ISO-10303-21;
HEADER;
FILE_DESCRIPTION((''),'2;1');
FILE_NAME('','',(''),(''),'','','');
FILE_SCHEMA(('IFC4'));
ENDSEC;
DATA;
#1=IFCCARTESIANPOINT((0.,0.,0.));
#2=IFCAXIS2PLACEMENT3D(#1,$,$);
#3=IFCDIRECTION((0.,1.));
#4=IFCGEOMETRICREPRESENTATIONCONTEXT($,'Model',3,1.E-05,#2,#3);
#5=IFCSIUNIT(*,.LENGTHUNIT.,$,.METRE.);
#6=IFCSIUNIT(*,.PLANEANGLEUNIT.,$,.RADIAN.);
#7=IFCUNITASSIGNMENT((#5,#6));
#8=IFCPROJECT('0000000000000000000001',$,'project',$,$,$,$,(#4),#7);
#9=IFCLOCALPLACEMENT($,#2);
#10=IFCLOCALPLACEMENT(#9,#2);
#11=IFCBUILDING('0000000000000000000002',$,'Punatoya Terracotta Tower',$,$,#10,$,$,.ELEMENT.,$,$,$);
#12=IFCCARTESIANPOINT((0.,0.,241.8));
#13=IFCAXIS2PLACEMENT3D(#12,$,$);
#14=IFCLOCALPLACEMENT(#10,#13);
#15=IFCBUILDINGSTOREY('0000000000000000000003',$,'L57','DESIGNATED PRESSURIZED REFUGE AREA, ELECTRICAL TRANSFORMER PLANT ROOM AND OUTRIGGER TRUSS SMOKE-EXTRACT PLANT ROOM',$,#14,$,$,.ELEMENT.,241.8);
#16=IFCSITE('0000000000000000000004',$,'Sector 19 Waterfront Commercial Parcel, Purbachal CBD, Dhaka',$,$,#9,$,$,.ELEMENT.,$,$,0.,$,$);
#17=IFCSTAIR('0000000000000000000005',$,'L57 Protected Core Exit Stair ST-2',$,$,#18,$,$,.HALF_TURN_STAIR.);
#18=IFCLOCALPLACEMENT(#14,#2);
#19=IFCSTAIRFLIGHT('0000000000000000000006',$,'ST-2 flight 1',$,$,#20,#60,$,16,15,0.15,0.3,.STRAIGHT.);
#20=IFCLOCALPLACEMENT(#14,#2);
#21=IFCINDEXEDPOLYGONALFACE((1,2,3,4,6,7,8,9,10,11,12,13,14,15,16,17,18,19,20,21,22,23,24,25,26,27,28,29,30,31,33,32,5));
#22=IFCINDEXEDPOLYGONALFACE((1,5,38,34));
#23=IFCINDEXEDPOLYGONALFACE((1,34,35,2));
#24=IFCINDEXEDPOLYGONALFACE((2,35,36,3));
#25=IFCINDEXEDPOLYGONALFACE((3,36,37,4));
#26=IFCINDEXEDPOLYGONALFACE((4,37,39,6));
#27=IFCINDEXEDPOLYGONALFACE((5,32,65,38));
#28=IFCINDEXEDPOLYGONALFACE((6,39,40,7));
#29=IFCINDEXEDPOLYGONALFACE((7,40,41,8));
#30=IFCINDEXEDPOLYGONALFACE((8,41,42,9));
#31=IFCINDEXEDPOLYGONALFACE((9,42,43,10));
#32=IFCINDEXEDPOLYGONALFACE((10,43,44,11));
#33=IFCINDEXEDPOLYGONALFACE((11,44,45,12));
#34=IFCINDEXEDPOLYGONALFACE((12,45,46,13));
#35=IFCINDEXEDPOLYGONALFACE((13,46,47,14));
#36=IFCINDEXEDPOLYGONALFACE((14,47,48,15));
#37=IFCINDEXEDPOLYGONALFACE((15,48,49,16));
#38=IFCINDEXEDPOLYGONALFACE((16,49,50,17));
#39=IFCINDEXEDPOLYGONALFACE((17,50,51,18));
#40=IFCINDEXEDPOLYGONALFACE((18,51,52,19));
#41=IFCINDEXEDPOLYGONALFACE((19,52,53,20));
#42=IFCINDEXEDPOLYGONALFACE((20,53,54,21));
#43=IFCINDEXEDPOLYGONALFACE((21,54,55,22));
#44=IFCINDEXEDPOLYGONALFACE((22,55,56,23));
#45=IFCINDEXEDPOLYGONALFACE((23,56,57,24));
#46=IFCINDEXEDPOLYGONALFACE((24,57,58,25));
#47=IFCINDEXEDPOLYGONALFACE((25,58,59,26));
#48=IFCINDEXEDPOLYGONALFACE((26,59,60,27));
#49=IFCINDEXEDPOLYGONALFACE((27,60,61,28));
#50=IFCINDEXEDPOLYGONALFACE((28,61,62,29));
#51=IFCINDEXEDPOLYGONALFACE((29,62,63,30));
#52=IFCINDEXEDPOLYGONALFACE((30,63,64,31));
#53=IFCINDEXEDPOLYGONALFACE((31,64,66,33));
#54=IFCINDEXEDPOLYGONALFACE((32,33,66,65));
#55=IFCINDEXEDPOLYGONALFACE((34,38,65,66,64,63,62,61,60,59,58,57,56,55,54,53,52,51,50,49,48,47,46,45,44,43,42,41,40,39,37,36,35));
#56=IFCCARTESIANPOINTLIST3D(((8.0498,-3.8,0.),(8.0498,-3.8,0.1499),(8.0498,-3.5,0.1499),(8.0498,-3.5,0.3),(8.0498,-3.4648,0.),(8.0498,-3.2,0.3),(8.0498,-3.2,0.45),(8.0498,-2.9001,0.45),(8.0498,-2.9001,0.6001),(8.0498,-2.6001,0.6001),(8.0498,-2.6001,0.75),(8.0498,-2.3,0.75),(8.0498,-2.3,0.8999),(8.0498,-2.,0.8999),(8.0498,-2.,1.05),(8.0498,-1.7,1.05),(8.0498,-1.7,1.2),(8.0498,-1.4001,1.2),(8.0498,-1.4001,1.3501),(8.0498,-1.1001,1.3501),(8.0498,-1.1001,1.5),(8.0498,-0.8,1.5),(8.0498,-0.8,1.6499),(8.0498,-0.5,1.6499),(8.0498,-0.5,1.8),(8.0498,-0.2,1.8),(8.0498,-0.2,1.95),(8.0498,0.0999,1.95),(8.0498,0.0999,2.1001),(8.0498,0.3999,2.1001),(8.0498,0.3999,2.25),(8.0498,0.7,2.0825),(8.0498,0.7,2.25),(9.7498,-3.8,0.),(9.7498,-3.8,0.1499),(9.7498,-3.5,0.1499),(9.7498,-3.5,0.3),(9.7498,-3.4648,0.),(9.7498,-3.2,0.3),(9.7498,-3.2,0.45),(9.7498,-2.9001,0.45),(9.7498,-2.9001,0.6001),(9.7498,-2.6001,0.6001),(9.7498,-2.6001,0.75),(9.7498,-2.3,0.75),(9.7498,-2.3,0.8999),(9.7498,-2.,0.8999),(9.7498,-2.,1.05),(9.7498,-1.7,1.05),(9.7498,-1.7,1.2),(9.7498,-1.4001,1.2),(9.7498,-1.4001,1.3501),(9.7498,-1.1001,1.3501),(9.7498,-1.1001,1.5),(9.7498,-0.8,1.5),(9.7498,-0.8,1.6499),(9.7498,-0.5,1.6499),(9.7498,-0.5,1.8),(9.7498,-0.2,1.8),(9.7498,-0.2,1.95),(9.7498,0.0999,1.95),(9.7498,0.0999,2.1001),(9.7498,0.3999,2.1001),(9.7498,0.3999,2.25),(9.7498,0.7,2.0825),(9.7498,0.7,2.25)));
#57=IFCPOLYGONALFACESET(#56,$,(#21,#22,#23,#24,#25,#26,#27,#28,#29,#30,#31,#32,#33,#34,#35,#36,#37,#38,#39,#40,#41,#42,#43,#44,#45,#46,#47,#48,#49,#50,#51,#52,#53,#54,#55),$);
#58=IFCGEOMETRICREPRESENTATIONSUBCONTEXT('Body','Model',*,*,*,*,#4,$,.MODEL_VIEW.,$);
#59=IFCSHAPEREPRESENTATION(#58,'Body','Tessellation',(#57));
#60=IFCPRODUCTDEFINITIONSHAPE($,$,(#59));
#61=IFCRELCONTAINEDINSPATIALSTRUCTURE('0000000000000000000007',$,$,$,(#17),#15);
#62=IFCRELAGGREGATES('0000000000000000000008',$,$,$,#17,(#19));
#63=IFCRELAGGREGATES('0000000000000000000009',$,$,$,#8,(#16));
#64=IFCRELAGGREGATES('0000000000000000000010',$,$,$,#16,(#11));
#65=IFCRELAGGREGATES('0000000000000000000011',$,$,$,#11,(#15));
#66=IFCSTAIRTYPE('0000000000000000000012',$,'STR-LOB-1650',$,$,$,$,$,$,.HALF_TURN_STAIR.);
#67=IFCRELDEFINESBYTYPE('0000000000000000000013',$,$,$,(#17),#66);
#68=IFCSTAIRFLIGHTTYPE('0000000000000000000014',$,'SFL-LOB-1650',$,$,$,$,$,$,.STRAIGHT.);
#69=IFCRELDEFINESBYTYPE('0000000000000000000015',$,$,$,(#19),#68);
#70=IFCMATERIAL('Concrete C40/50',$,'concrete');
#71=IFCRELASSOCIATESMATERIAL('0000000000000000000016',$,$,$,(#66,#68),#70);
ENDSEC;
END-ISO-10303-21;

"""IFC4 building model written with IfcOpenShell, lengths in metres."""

from ifc_helpers import new_model, si_unit, direction, frame, origin, place, context, subcontext, project, spatial, polyline, outline, extrude, material, type_object, element, aggregate, save


model = new_model("IFC4")

# Units and contexts
model_context = context("Model", 3, precision=1e-05, world=origin(), true_north=direction((0.0, 1.0)))
body_context = subcontext(model_context, "Body", "Model", "MODEL_VIEW")
ifc_project = project(units=[si_unit("LENGTHUNIT", "METRE"), si_unit("PLANEANGLEUNIT", "RADIAN")], contexts=[model_context])

# Site, building, storey
site_placement = place(None, origin())
site = spatial("IfcSite", under=ifc_project, at=site_placement, Name="Sector 19 Waterfront Commercial Parcel, Purbachal CBD, Dhaka", CompositionType="ELEMENT", RefElevation=0.0)
building_placement = place(site_placement, origin())
building = spatial("IfcBuilding", under=site, at=building_placement, Name="Punatoya Terracotta Tower", CompositionType="ELEMENT")
storey_placement = place(building_placement, frame((0.0, 0.0, 241.8)))
storey = spatial("IfcBuildingStorey", under=building, at=storey_placement, Name="L57", Description="DESIGNATED PRESSURIZED REFUGE AREA, ELECTRICAL TRANSFORMER PLANT ROOM AND OUTRIGGER TRUSS SMOKE-EXTRACT PLANT ROOM", CompositionType="ELEMENT", Elevation=241.8)

# Shared definitions
ifc_material_1 = material(Name="Concrete C40/50", Category="concrete")

# Stair, stair flight
stair_type = type_object("IfcStairType", Name="STR-LOB-1650", PredefinedType="HALF_TURN_STAIR", material=ifc_material_1)
stair_placement = place(storey_placement, origin())
stair = element("IfcStair", 1, at=stair_placement, inside=storey, type_object=stair_type, Name="L57 Protected Core Exit Stair ST-2", PredefinedType="HALF_TURN_STAIR")
stair_flight_type = type_object("IfcStairFlightType", Name="SFL-LOB-1650", PredefinedType="STRAIGHT", material=ifc_material_1)
stair_flight_placement = place(storey_placement, frame((8.8999, -3.8, 0.0), z_axis=(0.0, 0.0, 1.0), x_axis=(0.0, 1.0, 0.0)))
stair_flight = element("IfcStairFlight", 2, at=stair_flight_placement, type_object=stair_flight_type, Name="ST-2 flight 1", NumberOfRisers=16, NumberOfTreads=15, PredefinedType="STRAIGHT", RiserHeight=0.15, TreadLength=0.3, context=body_context, shape_type="SweptSolid", body=[
    extrude(outline(polyline([(0.0, 0.0), (0.0, 0.1499), (0.3, 0.1499), (0.3, 0.3), (0.6001, 0.3), (0.6001, 0.45), (0.8999, 0.45), (0.8999, 0.6001), (1.2, 0.6001), (1.2, 0.75), (1.5, 0.75), (1.5, 0.8999), (1.8, 0.8999), (1.8, 1.05), (2.1001, 1.05), (2.1001, 1.2), (2.3999, 1.2), (2.3999, 1.3501), (2.7, 1.3501), (2.7, 1.5), (3.0, 1.5), (3.0, 1.6499), (3.3, 1.6499), (3.3, 1.8), (3.6001, 1.8), (3.6001, 1.95), (3.8999, 1.95), (3.8999, 2.1001), (4.2, 2.1001), (4.2, 2.25), (4.5, 2.25), (4.5, 2.3999), (4.5, 2.0825), (0.3352, 0.0), (0.0, 0.0)])), frame((0.0, 0.8501, 0.0), z_axis=(0.0, -1.0, 0.0), x_axis=(1.0, 0.0, 0.0)), (0.0, 0.0, 1.0), 1.7),
])
aggregate(stair, [stair_flight])

save(model, "model.ifc")
